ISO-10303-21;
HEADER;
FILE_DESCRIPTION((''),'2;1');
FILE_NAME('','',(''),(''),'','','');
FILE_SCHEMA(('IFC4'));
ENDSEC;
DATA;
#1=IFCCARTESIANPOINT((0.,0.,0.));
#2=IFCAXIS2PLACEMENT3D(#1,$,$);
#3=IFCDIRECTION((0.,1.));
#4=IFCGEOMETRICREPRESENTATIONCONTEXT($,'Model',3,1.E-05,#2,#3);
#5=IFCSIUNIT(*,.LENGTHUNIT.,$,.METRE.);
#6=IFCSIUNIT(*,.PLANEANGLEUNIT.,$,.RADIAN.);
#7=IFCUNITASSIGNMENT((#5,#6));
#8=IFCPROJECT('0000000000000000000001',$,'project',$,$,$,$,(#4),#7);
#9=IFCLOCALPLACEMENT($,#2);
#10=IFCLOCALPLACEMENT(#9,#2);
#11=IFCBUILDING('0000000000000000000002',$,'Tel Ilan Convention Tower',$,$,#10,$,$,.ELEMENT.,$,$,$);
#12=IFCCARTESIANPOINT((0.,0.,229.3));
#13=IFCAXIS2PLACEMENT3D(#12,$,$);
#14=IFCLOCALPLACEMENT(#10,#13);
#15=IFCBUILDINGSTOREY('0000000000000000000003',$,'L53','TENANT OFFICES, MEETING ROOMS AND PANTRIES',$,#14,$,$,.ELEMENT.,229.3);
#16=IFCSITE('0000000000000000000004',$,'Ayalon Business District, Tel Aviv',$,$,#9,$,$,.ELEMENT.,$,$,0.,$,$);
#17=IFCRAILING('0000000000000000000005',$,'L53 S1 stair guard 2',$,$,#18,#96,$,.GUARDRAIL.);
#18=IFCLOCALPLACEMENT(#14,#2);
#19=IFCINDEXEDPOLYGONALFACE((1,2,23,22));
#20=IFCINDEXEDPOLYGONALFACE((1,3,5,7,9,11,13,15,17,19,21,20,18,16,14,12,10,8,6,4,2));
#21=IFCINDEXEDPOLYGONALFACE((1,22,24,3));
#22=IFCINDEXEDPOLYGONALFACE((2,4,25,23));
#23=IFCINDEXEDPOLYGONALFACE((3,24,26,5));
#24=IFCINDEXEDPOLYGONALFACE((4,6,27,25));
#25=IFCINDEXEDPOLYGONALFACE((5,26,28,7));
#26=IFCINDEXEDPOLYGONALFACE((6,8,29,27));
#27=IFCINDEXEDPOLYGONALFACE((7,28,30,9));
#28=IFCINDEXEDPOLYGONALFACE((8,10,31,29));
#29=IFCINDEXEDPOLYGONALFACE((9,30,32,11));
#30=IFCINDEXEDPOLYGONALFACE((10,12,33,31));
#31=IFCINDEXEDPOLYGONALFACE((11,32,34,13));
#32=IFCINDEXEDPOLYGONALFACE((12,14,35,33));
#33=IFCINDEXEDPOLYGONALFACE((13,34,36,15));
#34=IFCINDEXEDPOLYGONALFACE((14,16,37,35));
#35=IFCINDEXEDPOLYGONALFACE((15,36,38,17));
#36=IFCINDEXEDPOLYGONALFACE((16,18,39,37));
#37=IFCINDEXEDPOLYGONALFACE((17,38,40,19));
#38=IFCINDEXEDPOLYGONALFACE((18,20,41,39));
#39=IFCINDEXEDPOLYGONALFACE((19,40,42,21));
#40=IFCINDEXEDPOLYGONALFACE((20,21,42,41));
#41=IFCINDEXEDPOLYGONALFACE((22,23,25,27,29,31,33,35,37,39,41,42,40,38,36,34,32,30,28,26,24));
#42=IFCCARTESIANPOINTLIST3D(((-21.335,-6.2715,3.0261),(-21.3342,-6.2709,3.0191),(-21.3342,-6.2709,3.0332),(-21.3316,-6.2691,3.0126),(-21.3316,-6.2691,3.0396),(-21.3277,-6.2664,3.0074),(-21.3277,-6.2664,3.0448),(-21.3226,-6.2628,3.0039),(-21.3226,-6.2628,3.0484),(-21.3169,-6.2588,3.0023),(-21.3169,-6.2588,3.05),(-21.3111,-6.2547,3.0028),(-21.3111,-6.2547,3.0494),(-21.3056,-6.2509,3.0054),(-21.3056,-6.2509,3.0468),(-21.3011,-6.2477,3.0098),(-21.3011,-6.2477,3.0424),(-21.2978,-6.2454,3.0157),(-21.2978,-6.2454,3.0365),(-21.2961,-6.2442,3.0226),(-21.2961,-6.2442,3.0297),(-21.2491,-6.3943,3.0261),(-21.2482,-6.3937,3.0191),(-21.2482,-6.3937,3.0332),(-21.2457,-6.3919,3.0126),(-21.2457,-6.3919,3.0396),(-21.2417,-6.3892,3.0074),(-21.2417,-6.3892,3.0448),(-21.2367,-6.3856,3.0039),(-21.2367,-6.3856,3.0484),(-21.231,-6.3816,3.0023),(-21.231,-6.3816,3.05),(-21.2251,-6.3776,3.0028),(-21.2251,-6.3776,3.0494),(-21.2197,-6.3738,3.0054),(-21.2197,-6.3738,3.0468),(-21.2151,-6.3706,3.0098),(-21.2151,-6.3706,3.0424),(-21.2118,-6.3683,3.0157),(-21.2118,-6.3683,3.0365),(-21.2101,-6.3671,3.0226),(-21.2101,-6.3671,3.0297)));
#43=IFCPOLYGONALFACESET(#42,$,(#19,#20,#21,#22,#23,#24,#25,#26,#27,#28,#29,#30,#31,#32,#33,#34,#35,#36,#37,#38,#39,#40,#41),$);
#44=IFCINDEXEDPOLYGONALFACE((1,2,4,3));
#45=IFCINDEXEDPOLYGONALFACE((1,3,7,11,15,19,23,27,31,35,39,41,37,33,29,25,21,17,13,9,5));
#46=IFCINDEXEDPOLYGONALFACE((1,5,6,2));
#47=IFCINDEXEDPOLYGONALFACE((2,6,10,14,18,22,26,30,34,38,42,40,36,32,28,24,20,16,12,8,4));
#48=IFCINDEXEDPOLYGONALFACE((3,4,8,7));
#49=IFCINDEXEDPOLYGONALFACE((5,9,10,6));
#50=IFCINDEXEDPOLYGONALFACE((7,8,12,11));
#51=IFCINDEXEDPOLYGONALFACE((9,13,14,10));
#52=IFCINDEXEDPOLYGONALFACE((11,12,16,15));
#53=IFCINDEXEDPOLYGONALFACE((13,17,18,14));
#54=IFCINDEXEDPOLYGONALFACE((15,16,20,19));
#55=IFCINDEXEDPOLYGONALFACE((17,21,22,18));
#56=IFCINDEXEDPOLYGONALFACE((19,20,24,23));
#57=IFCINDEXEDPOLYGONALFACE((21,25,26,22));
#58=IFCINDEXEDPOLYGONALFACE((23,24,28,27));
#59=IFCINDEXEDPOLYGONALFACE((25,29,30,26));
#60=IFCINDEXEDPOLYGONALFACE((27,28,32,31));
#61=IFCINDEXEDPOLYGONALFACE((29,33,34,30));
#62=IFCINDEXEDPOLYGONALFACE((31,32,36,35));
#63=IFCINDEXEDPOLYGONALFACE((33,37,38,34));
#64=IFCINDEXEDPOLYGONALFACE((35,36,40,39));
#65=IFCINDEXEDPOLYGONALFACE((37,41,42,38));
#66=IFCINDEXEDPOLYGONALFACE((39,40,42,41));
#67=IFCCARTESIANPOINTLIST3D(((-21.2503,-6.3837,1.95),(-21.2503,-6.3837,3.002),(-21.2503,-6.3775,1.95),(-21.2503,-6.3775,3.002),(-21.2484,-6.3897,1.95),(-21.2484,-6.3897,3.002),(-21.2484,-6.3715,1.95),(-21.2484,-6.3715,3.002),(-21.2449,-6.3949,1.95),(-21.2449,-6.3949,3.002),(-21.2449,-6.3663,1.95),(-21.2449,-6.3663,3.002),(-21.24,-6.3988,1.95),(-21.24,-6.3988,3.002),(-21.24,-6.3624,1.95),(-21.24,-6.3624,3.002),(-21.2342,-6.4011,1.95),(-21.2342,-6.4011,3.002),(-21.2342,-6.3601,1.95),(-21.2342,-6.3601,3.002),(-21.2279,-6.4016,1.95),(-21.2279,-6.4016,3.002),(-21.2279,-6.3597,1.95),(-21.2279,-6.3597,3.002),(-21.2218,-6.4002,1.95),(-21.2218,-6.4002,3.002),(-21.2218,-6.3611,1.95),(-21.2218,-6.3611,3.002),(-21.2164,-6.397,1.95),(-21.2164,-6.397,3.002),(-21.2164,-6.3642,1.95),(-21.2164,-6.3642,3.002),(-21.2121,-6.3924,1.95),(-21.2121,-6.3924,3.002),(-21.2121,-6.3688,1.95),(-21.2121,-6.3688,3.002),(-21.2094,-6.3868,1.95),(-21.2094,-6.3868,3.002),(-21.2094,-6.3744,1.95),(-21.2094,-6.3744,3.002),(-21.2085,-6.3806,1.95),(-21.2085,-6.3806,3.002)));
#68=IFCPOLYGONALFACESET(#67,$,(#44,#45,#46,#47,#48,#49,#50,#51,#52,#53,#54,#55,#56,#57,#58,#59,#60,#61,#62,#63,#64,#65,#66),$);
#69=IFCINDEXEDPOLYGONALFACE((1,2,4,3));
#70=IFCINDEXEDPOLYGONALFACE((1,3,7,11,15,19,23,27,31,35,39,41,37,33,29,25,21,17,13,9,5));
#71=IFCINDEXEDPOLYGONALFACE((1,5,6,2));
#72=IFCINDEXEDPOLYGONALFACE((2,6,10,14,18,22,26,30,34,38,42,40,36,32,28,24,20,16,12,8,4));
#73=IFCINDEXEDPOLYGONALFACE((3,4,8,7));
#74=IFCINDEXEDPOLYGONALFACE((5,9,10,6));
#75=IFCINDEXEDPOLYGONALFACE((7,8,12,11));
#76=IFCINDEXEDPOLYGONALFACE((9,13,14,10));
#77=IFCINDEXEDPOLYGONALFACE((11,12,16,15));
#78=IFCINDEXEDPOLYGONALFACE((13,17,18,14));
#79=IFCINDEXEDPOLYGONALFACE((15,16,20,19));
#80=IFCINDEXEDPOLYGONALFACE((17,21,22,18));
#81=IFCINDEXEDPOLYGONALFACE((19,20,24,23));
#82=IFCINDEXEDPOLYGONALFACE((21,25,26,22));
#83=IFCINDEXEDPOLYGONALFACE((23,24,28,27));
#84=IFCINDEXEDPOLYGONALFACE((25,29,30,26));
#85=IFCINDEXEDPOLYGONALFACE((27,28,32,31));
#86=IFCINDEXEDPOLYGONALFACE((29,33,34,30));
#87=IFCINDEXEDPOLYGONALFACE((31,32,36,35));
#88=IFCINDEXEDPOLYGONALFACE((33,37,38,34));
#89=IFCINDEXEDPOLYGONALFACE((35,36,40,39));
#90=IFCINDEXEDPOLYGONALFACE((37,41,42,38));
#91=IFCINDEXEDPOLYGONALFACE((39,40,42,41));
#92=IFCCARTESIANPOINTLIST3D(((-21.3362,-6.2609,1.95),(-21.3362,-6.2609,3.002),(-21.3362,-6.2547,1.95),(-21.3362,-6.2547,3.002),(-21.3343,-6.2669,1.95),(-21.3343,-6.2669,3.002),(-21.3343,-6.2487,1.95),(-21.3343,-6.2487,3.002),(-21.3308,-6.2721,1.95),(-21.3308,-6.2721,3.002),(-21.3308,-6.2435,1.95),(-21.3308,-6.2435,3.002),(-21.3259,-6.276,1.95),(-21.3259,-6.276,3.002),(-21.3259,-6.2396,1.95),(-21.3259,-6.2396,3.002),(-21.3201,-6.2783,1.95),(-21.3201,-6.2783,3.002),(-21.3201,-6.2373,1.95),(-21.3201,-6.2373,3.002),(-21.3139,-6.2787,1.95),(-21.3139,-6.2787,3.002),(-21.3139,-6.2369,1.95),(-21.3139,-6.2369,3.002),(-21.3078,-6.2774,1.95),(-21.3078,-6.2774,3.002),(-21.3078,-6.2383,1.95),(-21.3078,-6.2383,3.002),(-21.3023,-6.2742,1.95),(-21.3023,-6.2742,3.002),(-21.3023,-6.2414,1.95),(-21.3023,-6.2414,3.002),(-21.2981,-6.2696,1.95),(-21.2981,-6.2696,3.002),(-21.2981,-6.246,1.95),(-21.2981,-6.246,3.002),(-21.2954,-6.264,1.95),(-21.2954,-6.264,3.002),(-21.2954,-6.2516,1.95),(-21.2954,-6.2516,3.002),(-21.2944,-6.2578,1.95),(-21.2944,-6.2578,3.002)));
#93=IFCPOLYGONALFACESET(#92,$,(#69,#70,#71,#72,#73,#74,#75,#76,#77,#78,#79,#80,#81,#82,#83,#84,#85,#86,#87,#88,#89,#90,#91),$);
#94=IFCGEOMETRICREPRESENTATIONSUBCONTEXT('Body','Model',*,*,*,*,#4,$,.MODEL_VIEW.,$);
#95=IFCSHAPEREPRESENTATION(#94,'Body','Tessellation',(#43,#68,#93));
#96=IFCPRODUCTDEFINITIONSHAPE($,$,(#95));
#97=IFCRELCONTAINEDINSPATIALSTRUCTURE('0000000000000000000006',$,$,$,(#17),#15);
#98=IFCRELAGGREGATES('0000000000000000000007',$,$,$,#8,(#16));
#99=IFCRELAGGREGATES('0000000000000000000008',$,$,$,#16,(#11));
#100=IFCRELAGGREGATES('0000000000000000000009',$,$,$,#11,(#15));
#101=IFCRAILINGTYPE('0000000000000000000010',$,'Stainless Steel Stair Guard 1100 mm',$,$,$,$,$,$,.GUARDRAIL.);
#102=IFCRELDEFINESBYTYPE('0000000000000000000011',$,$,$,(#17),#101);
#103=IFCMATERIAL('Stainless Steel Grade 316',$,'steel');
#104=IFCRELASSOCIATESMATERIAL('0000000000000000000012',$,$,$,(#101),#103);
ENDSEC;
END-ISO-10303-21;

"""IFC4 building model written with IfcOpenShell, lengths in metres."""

from ifc_helpers import new_model, si_unit, direction, frame, origin, origin_2d, place, context, subcontext, project, spatial, circle, extrude, material, type_object, element, save


model = new_model("IFC4")

# Units and contexts
model_context = context("Model", 3, precision=1e-05, world=origin(), true_north=direction((0.0, 1.0)))
body_context = subcontext(model_context, "Body", "Model", "MODEL_VIEW")
ifc_project = project(units=[si_unit("LENGTHUNIT", "METRE"), si_unit("PLANEANGLEUNIT", "RADIAN")], contexts=[model_context])

# Site, building, storey
site_placement = place(None, origin())
site = spatial("IfcSite", under=ifc_project, at=site_placement, Name="Ayalon Business District, Tel Aviv", CompositionType="ELEMENT", RefElevation=0.0)
building_placement = place(site_placement, origin())
building = spatial("IfcBuilding", under=site, at=building_placement, Name="Tel Ilan Convention Tower", CompositionType="ELEMENT")
storey_placement = place(building_placement, frame((0.0, 0.0, 229.3)))
storey = spatial("IfcBuildingStorey", under=building, at=storey_placement, Name="L53", Description="TENANT OFFICES, MEETING ROOMS AND PANTRIES", CompositionType="ELEMENT", Elevation=229.3)

# Railing
ifc_material_1 = material(Name="Stainless Steel Grade 316", Category="steel")
railing_type_1 = type_object("IfcRailingType", Name="Stainless Steel Stair Guard 1100 mm", PredefinedType="GUARDRAIL", material=ifc_material_1)
railing_1_placement = place(storey_placement, frame((-21.2295, -6.3806, 1.95)))
element("IfcRailing", 1, at=railing_1_placement, inside=storey, type_object=railing_type_1, Name="L53 S1 stair guard 2", PredefinedType="GUARDRAIL", context=body_context, shape_type="SweptSolid", body=[
    extrude(circle(Radius=0.0239, at=origin_2d()), frame((0.0, 0.0, 1.0762), z_axis=(-0.573353, 0.819308, 0.0), x_axis=(-0.819308, -0.573353, 0.0)), (0.0, 0.0, 1.0), 0.1499),
    extrude(circle(Radius=0.021, at=origin_2d()), origin(), (0.0, 0.0, 1.0), 1.052),
    extrude(circle(Radius=0.021, at=origin_2d()), frame((-0.0859, 0.1228, 0.0)), (0.0, 0.0, 1.0), 1.052),
])

save(model, "model.ifc")
